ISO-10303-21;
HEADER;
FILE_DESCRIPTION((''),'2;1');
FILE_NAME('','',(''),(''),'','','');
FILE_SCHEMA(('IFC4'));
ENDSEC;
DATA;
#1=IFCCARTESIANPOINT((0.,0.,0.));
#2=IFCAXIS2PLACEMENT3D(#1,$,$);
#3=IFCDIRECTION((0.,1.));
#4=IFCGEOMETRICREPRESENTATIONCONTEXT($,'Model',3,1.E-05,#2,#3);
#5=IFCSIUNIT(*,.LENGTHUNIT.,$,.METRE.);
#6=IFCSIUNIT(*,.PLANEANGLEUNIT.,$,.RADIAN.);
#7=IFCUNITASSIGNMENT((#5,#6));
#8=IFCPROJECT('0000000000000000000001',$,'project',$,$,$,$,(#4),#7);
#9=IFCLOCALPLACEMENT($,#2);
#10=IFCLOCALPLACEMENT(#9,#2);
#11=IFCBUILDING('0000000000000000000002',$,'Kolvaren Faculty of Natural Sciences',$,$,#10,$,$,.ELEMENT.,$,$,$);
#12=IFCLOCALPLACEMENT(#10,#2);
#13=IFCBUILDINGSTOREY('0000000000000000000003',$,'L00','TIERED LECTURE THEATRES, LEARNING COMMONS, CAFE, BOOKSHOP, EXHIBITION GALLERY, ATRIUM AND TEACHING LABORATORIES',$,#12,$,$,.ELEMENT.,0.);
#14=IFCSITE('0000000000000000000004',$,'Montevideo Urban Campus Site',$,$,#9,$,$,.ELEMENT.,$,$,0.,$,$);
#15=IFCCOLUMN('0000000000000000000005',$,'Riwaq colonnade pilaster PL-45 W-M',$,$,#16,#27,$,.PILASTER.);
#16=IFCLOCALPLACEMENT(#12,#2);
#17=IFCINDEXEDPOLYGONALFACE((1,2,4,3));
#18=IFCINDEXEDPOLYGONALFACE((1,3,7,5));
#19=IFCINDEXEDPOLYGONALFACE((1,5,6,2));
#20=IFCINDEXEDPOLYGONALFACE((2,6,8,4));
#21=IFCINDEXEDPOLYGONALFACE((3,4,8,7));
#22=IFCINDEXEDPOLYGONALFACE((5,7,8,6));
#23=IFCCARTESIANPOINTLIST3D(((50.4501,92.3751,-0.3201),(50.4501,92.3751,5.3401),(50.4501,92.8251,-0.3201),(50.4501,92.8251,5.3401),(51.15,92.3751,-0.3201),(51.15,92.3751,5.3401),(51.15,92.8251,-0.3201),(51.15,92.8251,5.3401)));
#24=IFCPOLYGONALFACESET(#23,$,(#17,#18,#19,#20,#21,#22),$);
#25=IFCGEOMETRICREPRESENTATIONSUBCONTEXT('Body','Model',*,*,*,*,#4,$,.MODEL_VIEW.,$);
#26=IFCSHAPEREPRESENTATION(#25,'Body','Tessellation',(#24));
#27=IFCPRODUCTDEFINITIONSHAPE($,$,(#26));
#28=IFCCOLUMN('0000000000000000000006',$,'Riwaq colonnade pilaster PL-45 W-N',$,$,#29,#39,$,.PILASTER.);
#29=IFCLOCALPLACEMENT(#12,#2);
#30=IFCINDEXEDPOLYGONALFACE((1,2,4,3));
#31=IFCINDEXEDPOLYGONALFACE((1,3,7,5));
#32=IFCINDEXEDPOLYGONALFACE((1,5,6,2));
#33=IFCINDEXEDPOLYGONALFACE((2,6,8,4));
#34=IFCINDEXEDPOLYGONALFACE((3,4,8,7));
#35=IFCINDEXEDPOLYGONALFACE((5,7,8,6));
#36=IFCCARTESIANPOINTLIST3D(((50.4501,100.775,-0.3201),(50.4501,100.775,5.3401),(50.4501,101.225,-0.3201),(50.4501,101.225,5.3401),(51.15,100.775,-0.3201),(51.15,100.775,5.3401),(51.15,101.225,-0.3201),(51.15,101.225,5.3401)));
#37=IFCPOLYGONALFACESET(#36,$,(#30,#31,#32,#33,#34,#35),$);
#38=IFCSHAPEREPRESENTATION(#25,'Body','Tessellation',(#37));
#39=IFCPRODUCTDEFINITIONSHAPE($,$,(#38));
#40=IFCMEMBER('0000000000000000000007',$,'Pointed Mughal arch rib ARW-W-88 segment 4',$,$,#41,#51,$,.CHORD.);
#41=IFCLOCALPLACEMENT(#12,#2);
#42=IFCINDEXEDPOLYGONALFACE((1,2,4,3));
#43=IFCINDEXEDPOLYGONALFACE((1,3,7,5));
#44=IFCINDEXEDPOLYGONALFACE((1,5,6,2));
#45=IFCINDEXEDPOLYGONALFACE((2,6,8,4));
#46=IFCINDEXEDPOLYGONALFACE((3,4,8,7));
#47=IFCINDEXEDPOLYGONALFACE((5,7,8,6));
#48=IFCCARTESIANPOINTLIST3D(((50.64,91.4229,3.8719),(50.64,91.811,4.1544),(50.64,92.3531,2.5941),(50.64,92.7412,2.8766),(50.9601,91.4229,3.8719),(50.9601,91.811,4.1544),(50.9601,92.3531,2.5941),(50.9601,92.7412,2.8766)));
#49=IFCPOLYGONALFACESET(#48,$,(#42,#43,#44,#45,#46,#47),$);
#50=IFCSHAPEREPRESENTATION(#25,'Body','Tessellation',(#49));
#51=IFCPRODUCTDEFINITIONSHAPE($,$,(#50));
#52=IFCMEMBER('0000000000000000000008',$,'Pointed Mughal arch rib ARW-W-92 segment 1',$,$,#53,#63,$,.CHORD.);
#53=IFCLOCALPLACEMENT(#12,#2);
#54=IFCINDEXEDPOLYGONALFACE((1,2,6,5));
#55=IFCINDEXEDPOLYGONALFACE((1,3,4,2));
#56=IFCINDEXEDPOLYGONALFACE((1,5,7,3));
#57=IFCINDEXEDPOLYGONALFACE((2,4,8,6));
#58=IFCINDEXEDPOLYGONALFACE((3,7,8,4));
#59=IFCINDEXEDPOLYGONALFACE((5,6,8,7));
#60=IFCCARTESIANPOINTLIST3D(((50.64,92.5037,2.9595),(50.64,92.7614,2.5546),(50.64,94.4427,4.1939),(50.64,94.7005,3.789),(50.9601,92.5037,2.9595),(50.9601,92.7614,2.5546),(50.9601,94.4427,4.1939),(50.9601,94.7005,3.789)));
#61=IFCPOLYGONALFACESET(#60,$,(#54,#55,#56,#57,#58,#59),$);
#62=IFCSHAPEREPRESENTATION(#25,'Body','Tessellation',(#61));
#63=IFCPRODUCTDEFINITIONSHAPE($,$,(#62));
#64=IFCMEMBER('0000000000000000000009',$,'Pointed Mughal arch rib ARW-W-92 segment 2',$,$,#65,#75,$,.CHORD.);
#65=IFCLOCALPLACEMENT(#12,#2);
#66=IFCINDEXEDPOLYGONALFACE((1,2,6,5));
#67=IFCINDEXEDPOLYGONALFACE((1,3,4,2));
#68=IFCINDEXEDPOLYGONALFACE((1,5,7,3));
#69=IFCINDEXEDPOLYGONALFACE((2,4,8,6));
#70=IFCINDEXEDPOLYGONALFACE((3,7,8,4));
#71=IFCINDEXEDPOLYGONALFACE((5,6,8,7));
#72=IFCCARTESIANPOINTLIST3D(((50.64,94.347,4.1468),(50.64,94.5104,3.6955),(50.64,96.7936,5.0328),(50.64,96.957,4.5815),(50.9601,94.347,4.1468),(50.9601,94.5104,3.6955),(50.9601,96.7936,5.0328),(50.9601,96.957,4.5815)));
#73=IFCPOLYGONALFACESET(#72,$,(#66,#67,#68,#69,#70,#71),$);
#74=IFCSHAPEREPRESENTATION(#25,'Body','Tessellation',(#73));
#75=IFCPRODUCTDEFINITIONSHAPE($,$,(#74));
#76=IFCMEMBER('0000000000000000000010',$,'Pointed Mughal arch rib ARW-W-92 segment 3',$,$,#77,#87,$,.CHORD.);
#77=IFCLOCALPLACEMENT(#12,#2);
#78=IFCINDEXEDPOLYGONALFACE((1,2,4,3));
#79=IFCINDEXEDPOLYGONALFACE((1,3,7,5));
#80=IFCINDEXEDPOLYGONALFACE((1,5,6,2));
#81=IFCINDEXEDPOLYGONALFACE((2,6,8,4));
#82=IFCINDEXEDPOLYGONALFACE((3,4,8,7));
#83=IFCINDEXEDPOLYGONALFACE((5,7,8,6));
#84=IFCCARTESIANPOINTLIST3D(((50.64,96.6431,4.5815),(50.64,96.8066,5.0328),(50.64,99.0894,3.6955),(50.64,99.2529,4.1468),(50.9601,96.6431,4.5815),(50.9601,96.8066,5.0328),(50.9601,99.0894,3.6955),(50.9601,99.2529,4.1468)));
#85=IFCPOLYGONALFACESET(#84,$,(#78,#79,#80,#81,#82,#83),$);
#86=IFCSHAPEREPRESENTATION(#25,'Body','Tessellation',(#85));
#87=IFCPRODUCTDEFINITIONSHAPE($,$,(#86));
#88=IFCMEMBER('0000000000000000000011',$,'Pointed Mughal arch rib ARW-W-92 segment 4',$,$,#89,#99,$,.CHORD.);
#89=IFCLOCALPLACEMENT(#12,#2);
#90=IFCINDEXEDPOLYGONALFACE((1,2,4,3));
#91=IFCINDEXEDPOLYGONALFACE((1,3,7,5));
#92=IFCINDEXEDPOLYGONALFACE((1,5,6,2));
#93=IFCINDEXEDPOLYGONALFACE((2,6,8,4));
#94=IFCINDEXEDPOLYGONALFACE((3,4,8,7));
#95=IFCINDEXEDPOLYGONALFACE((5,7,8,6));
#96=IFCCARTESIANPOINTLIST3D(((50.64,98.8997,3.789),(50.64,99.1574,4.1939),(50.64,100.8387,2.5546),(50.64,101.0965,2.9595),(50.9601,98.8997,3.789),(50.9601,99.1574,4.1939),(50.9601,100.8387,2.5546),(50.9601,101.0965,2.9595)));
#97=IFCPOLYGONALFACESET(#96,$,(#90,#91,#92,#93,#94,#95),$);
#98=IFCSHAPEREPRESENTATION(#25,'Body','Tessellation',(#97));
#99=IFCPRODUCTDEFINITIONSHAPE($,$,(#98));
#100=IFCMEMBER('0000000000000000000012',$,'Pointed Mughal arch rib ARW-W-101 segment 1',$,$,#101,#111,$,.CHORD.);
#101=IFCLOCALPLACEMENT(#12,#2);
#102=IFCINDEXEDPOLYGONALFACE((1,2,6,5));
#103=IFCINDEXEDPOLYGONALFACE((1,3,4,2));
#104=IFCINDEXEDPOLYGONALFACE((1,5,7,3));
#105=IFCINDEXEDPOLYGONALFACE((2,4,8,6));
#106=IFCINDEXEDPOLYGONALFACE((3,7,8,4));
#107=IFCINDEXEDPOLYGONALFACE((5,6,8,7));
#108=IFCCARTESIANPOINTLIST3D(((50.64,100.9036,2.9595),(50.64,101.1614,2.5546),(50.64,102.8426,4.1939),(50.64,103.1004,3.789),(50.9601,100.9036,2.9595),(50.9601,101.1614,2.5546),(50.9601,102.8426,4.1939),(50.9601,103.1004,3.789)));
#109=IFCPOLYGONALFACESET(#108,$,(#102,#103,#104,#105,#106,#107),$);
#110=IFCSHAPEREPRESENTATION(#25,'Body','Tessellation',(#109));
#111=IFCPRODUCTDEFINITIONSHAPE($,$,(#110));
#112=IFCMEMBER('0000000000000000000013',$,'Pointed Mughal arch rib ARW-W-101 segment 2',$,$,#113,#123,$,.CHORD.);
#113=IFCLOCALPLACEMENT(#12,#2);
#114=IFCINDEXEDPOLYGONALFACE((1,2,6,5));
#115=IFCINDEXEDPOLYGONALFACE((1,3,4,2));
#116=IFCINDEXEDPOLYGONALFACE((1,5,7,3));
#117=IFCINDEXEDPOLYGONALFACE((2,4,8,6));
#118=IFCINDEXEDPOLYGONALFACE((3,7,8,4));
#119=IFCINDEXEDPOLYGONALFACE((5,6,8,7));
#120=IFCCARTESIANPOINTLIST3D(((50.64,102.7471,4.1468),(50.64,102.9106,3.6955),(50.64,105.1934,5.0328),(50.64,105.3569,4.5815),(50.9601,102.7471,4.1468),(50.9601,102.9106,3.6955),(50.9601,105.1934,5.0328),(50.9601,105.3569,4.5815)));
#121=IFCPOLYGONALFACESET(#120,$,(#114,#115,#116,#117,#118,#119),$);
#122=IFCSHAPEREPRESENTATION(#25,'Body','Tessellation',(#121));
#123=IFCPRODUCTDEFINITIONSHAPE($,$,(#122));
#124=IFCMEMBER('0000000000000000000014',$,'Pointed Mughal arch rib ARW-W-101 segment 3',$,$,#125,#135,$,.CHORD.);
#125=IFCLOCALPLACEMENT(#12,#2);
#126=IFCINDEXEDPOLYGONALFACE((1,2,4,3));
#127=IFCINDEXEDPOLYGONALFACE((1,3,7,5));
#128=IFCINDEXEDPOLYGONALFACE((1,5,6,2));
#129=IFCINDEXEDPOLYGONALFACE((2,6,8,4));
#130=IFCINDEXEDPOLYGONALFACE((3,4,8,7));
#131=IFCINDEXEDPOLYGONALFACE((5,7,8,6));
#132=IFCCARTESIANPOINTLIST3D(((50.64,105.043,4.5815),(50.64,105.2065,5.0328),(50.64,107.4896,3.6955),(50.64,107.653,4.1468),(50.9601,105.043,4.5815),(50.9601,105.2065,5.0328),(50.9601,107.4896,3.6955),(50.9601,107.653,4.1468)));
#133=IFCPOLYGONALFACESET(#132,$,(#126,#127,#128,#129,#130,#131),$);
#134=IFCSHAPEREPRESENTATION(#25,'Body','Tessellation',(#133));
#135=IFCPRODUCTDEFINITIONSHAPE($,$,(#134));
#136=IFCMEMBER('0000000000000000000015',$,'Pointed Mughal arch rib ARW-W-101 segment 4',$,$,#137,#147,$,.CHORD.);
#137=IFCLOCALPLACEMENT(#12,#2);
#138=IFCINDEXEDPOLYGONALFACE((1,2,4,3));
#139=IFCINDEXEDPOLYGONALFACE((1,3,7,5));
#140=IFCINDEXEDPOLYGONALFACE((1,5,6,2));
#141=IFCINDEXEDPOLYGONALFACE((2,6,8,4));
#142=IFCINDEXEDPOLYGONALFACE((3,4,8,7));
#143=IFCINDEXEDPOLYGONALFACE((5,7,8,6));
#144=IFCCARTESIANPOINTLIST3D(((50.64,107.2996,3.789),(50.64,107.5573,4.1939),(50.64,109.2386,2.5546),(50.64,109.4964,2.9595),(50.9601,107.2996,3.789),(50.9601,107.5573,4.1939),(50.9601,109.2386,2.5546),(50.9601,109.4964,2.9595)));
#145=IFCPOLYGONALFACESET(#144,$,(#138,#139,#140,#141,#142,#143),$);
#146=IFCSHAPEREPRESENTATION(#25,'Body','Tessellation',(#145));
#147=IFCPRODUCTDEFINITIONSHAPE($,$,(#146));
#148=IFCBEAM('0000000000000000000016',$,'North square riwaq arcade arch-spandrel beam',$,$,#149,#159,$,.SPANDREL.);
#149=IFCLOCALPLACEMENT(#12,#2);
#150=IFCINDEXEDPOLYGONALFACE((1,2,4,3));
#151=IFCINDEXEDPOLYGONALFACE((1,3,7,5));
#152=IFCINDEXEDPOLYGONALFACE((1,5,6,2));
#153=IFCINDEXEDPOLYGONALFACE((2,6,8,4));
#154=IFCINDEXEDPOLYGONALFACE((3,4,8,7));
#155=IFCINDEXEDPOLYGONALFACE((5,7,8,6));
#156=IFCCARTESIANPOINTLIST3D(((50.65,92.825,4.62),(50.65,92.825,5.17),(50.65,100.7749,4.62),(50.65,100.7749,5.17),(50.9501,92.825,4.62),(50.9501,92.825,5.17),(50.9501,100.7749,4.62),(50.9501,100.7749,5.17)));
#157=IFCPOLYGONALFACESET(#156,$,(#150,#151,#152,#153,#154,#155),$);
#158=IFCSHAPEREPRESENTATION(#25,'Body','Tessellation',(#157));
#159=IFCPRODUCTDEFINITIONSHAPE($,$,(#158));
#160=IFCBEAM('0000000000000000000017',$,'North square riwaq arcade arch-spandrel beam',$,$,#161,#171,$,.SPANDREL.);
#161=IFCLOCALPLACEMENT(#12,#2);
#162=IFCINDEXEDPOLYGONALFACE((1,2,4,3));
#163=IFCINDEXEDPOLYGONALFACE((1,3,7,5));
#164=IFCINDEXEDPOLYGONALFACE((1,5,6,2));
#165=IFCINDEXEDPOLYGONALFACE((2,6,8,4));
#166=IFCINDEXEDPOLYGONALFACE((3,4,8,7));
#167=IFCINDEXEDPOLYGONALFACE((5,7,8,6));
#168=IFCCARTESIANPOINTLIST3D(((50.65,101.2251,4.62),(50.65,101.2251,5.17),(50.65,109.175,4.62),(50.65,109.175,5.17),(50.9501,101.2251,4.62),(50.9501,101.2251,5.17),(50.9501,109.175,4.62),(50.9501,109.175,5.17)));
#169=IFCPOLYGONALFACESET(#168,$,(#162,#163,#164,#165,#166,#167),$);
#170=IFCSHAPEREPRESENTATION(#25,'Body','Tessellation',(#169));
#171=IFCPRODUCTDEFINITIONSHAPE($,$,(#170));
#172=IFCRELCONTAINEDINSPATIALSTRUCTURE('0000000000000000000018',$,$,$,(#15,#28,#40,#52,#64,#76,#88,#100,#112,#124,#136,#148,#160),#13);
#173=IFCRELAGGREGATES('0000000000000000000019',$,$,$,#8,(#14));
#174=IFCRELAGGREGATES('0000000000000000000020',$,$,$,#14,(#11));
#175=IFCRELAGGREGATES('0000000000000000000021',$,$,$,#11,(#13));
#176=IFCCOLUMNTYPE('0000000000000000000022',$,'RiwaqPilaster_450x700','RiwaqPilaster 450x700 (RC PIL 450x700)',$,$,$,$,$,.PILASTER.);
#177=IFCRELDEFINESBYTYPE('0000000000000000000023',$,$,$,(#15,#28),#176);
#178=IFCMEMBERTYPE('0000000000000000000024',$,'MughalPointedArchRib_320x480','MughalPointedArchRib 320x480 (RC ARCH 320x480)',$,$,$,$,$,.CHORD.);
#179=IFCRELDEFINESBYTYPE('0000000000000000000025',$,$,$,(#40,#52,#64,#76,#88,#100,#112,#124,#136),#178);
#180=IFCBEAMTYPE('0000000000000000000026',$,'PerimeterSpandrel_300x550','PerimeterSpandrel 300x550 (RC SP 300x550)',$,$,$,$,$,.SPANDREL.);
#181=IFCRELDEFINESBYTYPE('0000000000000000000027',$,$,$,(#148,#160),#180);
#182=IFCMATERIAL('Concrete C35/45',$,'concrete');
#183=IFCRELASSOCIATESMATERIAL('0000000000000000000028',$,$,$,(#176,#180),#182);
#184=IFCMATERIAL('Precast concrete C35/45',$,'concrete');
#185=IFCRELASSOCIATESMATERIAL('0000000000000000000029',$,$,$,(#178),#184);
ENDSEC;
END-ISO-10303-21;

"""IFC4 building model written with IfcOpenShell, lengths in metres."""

from ifc_helpers import new_model, si_unit, direction, frame, origin, origin_2d, place, context, subcontext, project, spatial, rectangle, extrude, material, material_profile, profile_set, type_object, element, save


model = new_model("IFC4")

# Units and contexts
model_context = context("Model", 3, precision=1e-05, world=origin(), true_north=direction((0.0, 1.0)))
body_context = subcontext(model_context, "Body", "Model", "MODEL_VIEW")
ifc_project = project(units=[si_unit("LENGTHUNIT", "METRE"), si_unit("PLANEANGLEUNIT", "RADIAN")], contexts=[model_context])

# Site, building, storey
site_placement = place(None, origin())
site = spatial("IfcSite", under=ifc_project, at=site_placement, Name="Montevideo Urban Campus Site", CompositionType="ELEMENT", RefElevation=0.0)
building_placement = place(site_placement, origin())
building = spatial("IfcBuilding", under=site, at=building_placement, Name="Kolvaren Faculty of Natural Sciences", CompositionType="ELEMENT")
storey_placement = place(building_placement, origin())
storey = spatial("IfcBuildingStorey", under=building, at=storey_placement, Name="L00", Description="TIERED LECTURE THEATRES, LEARNING COMMONS, CAFE, BOOKSHOP, EXHIBITION GALLERY, ATRIUM AND TEACHING LABORATORIES", CompositionType="ELEMENT", Elevation=0.0)

# Shared definitions
ifc_material_1 = material(Name="Concrete C35/45", Category="concrete")

# Columns
ifc_material_profile_1 = material_profile(ifc_material_1, rectangle(XDim=0.45, YDim=0.7, at=origin_2d()), Name="RC PIL 450x700")
ifc_profile_set_1 = profile_set([ifc_material_profile_1], Name="Concrete C35/45")
column_type = type_object("IfcColumnType", Name="RiwaqPilaster_450x700", Description="RiwaqPilaster 450x700 (RC PIL 450x700)", PredefinedType="PILASTER", material=ifc_profile_set_1)
for number, where, z_axis, x_axis, name in (
    (1, (50.8, 92.6001, -0.3201), (0.0, 0.0, 1.0), (0.0, 1.0, 0.0), "Riwaq colonnade pilaster PL-45 W-M"),
    (2, (50.8, 101.0, -0.3201), (0.0, 0.0, 1.0), (0.0, 1.0, 0.0), "Riwaq colonnade pilaster PL-45 W-N"),
):
    element("IfcColumn", number, at=place(storey_placement, frame(where, z_axis=z_axis, x_axis=x_axis)), inside=storey, type_object=column_type, Name=name, PredefinedType="PILASTER", context=body_context, shape_type="SweptSolid", body=[
        extrude(rectangle(XDim=0.45, YDim=0.7, at=origin_2d()), origin(), (0.0, 0.0, 1.0), 5.6602),
    ])

# Members
ifc_material_2 = material(Name="Precast concrete C35/45", Category="concrete")
ifc_material_profile_2 = material_profile(ifc_material_2, rectangle(XDim=0.3201, YDim=0.48, at=origin_2d()), Name="RC ARCH 320x480")
ifc_profile_set_2 = profile_set([ifc_material_profile_2], Name="Precast concrete C35/45")
member_type = type_object("IfcMemberType", Name="MughalPointedArchRib_320x480", Description="MughalPointedArchRib 320x480 (RC ARCH 320x480)", PredefinedType="CHORD", material=ifc_profile_set_2)
member_1_placement = place(storey_placement, frame((50.8, 91.6169, 4.0132), z_axis=(0.0, 0.588521, -0.808482), x_axis=(-1.0, 0.0, 0.0)))
element("IfcMember", 3, at=member_1_placement, inside=storey, type_object=member_type, Name="Pointed Mughal arch rib ARW-W-88 segment 4", PredefinedType="CHORD", context=body_context, shape_type="SweptSolid", body=[
    extrude(rectangle(XDim=0.3201, YDim=0.48, at=origin_2d()), origin(), (0.0, 0.0, 1.0), 1.5806),
])
member_2_placement = place(storey_placement, frame((50.8, 92.6326, 2.7571), z_axis=(0.0, 0.843565, 0.537027), x_axis=(-1.0, 0.0, 0.0)))
element("IfcMember", 4, at=member_2_placement, inside=storey, type_object=member_type, Name="Pointed Mughal arch rib ARW-W-92 segment 1", PredefinedType="CHORD", context=body_context, shape_type="SweptSolid", body=[
    extrude(rectangle(XDim=0.3201, YDim=0.48, at=origin_2d()), origin(), (0.0, 0.0, 1.0), 2.2986),
])
member_3_placement = place(storey_placement, frame((50.8, 94.4287, 3.9211), z_axis=(0.0, 0.940245, 0.3405), x_axis=(-1.0, 0.0, 0.0)))
element("IfcMember", 5, at=member_3_placement, inside=storey, type_object=member_type, Name="Pointed Mughal arch rib ARW-W-92 segment 2", PredefinedType="CHORD", context=body_context, shape_type="SweptSolid", body=[
    extrude(rectangle(XDim=0.3201, YDim=0.48, at=origin_2d()), origin(), (0.0, 0.0, 1.0), 2.6021),
])
member_4_placement = place(storey_placement, frame((50.8, 96.7249, 4.8071), z_axis=(0.0, 0.940234, -0.34053), x_axis=(-1.0, 0.0, 0.0)))
element("IfcMember", 6, at=member_4_placement, inside=storey, type_object=member_type, Name="Pointed Mughal arch rib ARW-W-92 segment 3", PredefinedType="CHORD", context=body_context, shape_type="SweptSolid", body=[
    extrude(rectangle(XDim=0.3201, YDim=0.48, at=origin_2d()), origin(), (0.0, 0.0, 1.0), 2.6018),
])
for number, where, z_axis, x_axis, name in (
    (7, (50.8, 99.0286, 3.9915), (0.0, 0.843565, -0.537027), (-1.0, 0.0, 0.0), "Pointed Mughal arch rib ARW-W-92 segment 4"),
    (8, (50.8, 101.0325, 2.7571), (0.0, 0.843565, 0.537027), (-1.0, 0.0, 0.0), "Pointed Mughal arch rib ARW-W-101 segment 1"),
):
    element("IfcMember", number, at=place(storey_placement, frame(where, z_axis=z_axis, x_axis=x_axis)), inside=storey, type_object=member_type, Name=name, PredefinedType="CHORD", context=body_context, shape_type="SweptSolid", body=[
        extrude(rectangle(XDim=0.3201, YDim=0.48, at=origin_2d()), origin(), (0.0, 0.0, 1.0), 2.2986),
    ])
member_5_placement = place(storey_placement, frame((50.8, 102.8289, 3.9211), z_axis=(0.0, 0.940234, 0.34053), x_axis=(-1.0, 0.0, 0.0)))
element("IfcMember", 9, at=member_5_placement, inside=storey, type_object=member_type, Name="Pointed Mughal arch rib ARW-W-101 segment 2", PredefinedType="CHORD", context=body_context, shape_type="SweptSolid", body=[
    extrude(rectangle(XDim=0.3201, YDim=0.48, at=origin_2d()), origin(), (0.0, 0.0, 1.0), 2.6018),
])
member_6_placement = place(storey_placement, frame((50.8, 105.1248, 4.8071), z_axis=(0.0, 0.940245, -0.3405), x_axis=(-1.0, 0.0, 0.0)))
element("IfcMember", 10, at=member_6_placement, inside=storey, type_object=member_type, Name="Pointed Mughal arch rib ARW-W-101 segment 3", PredefinedType="CHORD", context=body_context, shape_type="SweptSolid", body=[
    extrude(rectangle(XDim=0.3201, YDim=0.48, at=origin_2d()), origin(), (0.0, 0.0, 1.0), 2.6021),
])
member_7_placement = place(storey_placement, frame((50.8, 107.4285, 3.9915), z_axis=(0.0, 0.843565, -0.537027), x_axis=(-1.0, 0.0, 0.0)))
element("IfcMember", 11, at=member_7_placement, inside=storey, type_object=member_type, Name="Pointed Mughal arch rib ARW-W-101 segment 4", PredefinedType="CHORD", context=body_context, shape_type="SweptSolid", body=[
    extrude(rectangle(XDim=0.3201, YDim=0.48, at=origin_2d()), origin(), (0.0, 0.0, 1.0), 2.2986),
])

# Beams
ifc_material_profile_3 = material_profile(ifc_material_1, rectangle(XDim=0.3, YDim=0.55, at=origin_2d()), Name="RC SP 300x550")
ifc_profile_set_3 = profile_set([ifc_material_profile_3], Name="Concrete C35/45")
beam_type = type_object("IfcBeamType", Name="PerimeterSpandrel_300x550", Description="PerimeterSpandrel 300x550 (RC SP 300x550)", PredefinedType="SPANDREL", material=ifc_profile_set_3)
for number, where, z_axis, x_axis, name in (
    (12, (50.8, 92.825, 4.895), (0.0, 1.0, 0.0), (-1.0, 0.0, 0.0), "North square riwaq arcade arch-spandrel beam"),
    (13, (50.8, 101.2251, 4.895), (0.0, 1.0, 0.0), (-1.0, 0.0, 0.0), "North square riwaq arcade arch-spandrel beam"),
):
    element("IfcBeam", number, at=place(storey_placement, frame(where, z_axis=z_axis, x_axis=x_axis)), inside=storey, type_object=beam_type, Name=name, PredefinedType="SPANDREL", context=body_context, shape_type="SweptSolid", body=[
        extrude(rectangle(XDim=0.3, YDim=0.55, at=origin_2d()), origin(), (0.0, 0.0, 1.0), 7.95),
    ])

save(model, "model.ifc")
